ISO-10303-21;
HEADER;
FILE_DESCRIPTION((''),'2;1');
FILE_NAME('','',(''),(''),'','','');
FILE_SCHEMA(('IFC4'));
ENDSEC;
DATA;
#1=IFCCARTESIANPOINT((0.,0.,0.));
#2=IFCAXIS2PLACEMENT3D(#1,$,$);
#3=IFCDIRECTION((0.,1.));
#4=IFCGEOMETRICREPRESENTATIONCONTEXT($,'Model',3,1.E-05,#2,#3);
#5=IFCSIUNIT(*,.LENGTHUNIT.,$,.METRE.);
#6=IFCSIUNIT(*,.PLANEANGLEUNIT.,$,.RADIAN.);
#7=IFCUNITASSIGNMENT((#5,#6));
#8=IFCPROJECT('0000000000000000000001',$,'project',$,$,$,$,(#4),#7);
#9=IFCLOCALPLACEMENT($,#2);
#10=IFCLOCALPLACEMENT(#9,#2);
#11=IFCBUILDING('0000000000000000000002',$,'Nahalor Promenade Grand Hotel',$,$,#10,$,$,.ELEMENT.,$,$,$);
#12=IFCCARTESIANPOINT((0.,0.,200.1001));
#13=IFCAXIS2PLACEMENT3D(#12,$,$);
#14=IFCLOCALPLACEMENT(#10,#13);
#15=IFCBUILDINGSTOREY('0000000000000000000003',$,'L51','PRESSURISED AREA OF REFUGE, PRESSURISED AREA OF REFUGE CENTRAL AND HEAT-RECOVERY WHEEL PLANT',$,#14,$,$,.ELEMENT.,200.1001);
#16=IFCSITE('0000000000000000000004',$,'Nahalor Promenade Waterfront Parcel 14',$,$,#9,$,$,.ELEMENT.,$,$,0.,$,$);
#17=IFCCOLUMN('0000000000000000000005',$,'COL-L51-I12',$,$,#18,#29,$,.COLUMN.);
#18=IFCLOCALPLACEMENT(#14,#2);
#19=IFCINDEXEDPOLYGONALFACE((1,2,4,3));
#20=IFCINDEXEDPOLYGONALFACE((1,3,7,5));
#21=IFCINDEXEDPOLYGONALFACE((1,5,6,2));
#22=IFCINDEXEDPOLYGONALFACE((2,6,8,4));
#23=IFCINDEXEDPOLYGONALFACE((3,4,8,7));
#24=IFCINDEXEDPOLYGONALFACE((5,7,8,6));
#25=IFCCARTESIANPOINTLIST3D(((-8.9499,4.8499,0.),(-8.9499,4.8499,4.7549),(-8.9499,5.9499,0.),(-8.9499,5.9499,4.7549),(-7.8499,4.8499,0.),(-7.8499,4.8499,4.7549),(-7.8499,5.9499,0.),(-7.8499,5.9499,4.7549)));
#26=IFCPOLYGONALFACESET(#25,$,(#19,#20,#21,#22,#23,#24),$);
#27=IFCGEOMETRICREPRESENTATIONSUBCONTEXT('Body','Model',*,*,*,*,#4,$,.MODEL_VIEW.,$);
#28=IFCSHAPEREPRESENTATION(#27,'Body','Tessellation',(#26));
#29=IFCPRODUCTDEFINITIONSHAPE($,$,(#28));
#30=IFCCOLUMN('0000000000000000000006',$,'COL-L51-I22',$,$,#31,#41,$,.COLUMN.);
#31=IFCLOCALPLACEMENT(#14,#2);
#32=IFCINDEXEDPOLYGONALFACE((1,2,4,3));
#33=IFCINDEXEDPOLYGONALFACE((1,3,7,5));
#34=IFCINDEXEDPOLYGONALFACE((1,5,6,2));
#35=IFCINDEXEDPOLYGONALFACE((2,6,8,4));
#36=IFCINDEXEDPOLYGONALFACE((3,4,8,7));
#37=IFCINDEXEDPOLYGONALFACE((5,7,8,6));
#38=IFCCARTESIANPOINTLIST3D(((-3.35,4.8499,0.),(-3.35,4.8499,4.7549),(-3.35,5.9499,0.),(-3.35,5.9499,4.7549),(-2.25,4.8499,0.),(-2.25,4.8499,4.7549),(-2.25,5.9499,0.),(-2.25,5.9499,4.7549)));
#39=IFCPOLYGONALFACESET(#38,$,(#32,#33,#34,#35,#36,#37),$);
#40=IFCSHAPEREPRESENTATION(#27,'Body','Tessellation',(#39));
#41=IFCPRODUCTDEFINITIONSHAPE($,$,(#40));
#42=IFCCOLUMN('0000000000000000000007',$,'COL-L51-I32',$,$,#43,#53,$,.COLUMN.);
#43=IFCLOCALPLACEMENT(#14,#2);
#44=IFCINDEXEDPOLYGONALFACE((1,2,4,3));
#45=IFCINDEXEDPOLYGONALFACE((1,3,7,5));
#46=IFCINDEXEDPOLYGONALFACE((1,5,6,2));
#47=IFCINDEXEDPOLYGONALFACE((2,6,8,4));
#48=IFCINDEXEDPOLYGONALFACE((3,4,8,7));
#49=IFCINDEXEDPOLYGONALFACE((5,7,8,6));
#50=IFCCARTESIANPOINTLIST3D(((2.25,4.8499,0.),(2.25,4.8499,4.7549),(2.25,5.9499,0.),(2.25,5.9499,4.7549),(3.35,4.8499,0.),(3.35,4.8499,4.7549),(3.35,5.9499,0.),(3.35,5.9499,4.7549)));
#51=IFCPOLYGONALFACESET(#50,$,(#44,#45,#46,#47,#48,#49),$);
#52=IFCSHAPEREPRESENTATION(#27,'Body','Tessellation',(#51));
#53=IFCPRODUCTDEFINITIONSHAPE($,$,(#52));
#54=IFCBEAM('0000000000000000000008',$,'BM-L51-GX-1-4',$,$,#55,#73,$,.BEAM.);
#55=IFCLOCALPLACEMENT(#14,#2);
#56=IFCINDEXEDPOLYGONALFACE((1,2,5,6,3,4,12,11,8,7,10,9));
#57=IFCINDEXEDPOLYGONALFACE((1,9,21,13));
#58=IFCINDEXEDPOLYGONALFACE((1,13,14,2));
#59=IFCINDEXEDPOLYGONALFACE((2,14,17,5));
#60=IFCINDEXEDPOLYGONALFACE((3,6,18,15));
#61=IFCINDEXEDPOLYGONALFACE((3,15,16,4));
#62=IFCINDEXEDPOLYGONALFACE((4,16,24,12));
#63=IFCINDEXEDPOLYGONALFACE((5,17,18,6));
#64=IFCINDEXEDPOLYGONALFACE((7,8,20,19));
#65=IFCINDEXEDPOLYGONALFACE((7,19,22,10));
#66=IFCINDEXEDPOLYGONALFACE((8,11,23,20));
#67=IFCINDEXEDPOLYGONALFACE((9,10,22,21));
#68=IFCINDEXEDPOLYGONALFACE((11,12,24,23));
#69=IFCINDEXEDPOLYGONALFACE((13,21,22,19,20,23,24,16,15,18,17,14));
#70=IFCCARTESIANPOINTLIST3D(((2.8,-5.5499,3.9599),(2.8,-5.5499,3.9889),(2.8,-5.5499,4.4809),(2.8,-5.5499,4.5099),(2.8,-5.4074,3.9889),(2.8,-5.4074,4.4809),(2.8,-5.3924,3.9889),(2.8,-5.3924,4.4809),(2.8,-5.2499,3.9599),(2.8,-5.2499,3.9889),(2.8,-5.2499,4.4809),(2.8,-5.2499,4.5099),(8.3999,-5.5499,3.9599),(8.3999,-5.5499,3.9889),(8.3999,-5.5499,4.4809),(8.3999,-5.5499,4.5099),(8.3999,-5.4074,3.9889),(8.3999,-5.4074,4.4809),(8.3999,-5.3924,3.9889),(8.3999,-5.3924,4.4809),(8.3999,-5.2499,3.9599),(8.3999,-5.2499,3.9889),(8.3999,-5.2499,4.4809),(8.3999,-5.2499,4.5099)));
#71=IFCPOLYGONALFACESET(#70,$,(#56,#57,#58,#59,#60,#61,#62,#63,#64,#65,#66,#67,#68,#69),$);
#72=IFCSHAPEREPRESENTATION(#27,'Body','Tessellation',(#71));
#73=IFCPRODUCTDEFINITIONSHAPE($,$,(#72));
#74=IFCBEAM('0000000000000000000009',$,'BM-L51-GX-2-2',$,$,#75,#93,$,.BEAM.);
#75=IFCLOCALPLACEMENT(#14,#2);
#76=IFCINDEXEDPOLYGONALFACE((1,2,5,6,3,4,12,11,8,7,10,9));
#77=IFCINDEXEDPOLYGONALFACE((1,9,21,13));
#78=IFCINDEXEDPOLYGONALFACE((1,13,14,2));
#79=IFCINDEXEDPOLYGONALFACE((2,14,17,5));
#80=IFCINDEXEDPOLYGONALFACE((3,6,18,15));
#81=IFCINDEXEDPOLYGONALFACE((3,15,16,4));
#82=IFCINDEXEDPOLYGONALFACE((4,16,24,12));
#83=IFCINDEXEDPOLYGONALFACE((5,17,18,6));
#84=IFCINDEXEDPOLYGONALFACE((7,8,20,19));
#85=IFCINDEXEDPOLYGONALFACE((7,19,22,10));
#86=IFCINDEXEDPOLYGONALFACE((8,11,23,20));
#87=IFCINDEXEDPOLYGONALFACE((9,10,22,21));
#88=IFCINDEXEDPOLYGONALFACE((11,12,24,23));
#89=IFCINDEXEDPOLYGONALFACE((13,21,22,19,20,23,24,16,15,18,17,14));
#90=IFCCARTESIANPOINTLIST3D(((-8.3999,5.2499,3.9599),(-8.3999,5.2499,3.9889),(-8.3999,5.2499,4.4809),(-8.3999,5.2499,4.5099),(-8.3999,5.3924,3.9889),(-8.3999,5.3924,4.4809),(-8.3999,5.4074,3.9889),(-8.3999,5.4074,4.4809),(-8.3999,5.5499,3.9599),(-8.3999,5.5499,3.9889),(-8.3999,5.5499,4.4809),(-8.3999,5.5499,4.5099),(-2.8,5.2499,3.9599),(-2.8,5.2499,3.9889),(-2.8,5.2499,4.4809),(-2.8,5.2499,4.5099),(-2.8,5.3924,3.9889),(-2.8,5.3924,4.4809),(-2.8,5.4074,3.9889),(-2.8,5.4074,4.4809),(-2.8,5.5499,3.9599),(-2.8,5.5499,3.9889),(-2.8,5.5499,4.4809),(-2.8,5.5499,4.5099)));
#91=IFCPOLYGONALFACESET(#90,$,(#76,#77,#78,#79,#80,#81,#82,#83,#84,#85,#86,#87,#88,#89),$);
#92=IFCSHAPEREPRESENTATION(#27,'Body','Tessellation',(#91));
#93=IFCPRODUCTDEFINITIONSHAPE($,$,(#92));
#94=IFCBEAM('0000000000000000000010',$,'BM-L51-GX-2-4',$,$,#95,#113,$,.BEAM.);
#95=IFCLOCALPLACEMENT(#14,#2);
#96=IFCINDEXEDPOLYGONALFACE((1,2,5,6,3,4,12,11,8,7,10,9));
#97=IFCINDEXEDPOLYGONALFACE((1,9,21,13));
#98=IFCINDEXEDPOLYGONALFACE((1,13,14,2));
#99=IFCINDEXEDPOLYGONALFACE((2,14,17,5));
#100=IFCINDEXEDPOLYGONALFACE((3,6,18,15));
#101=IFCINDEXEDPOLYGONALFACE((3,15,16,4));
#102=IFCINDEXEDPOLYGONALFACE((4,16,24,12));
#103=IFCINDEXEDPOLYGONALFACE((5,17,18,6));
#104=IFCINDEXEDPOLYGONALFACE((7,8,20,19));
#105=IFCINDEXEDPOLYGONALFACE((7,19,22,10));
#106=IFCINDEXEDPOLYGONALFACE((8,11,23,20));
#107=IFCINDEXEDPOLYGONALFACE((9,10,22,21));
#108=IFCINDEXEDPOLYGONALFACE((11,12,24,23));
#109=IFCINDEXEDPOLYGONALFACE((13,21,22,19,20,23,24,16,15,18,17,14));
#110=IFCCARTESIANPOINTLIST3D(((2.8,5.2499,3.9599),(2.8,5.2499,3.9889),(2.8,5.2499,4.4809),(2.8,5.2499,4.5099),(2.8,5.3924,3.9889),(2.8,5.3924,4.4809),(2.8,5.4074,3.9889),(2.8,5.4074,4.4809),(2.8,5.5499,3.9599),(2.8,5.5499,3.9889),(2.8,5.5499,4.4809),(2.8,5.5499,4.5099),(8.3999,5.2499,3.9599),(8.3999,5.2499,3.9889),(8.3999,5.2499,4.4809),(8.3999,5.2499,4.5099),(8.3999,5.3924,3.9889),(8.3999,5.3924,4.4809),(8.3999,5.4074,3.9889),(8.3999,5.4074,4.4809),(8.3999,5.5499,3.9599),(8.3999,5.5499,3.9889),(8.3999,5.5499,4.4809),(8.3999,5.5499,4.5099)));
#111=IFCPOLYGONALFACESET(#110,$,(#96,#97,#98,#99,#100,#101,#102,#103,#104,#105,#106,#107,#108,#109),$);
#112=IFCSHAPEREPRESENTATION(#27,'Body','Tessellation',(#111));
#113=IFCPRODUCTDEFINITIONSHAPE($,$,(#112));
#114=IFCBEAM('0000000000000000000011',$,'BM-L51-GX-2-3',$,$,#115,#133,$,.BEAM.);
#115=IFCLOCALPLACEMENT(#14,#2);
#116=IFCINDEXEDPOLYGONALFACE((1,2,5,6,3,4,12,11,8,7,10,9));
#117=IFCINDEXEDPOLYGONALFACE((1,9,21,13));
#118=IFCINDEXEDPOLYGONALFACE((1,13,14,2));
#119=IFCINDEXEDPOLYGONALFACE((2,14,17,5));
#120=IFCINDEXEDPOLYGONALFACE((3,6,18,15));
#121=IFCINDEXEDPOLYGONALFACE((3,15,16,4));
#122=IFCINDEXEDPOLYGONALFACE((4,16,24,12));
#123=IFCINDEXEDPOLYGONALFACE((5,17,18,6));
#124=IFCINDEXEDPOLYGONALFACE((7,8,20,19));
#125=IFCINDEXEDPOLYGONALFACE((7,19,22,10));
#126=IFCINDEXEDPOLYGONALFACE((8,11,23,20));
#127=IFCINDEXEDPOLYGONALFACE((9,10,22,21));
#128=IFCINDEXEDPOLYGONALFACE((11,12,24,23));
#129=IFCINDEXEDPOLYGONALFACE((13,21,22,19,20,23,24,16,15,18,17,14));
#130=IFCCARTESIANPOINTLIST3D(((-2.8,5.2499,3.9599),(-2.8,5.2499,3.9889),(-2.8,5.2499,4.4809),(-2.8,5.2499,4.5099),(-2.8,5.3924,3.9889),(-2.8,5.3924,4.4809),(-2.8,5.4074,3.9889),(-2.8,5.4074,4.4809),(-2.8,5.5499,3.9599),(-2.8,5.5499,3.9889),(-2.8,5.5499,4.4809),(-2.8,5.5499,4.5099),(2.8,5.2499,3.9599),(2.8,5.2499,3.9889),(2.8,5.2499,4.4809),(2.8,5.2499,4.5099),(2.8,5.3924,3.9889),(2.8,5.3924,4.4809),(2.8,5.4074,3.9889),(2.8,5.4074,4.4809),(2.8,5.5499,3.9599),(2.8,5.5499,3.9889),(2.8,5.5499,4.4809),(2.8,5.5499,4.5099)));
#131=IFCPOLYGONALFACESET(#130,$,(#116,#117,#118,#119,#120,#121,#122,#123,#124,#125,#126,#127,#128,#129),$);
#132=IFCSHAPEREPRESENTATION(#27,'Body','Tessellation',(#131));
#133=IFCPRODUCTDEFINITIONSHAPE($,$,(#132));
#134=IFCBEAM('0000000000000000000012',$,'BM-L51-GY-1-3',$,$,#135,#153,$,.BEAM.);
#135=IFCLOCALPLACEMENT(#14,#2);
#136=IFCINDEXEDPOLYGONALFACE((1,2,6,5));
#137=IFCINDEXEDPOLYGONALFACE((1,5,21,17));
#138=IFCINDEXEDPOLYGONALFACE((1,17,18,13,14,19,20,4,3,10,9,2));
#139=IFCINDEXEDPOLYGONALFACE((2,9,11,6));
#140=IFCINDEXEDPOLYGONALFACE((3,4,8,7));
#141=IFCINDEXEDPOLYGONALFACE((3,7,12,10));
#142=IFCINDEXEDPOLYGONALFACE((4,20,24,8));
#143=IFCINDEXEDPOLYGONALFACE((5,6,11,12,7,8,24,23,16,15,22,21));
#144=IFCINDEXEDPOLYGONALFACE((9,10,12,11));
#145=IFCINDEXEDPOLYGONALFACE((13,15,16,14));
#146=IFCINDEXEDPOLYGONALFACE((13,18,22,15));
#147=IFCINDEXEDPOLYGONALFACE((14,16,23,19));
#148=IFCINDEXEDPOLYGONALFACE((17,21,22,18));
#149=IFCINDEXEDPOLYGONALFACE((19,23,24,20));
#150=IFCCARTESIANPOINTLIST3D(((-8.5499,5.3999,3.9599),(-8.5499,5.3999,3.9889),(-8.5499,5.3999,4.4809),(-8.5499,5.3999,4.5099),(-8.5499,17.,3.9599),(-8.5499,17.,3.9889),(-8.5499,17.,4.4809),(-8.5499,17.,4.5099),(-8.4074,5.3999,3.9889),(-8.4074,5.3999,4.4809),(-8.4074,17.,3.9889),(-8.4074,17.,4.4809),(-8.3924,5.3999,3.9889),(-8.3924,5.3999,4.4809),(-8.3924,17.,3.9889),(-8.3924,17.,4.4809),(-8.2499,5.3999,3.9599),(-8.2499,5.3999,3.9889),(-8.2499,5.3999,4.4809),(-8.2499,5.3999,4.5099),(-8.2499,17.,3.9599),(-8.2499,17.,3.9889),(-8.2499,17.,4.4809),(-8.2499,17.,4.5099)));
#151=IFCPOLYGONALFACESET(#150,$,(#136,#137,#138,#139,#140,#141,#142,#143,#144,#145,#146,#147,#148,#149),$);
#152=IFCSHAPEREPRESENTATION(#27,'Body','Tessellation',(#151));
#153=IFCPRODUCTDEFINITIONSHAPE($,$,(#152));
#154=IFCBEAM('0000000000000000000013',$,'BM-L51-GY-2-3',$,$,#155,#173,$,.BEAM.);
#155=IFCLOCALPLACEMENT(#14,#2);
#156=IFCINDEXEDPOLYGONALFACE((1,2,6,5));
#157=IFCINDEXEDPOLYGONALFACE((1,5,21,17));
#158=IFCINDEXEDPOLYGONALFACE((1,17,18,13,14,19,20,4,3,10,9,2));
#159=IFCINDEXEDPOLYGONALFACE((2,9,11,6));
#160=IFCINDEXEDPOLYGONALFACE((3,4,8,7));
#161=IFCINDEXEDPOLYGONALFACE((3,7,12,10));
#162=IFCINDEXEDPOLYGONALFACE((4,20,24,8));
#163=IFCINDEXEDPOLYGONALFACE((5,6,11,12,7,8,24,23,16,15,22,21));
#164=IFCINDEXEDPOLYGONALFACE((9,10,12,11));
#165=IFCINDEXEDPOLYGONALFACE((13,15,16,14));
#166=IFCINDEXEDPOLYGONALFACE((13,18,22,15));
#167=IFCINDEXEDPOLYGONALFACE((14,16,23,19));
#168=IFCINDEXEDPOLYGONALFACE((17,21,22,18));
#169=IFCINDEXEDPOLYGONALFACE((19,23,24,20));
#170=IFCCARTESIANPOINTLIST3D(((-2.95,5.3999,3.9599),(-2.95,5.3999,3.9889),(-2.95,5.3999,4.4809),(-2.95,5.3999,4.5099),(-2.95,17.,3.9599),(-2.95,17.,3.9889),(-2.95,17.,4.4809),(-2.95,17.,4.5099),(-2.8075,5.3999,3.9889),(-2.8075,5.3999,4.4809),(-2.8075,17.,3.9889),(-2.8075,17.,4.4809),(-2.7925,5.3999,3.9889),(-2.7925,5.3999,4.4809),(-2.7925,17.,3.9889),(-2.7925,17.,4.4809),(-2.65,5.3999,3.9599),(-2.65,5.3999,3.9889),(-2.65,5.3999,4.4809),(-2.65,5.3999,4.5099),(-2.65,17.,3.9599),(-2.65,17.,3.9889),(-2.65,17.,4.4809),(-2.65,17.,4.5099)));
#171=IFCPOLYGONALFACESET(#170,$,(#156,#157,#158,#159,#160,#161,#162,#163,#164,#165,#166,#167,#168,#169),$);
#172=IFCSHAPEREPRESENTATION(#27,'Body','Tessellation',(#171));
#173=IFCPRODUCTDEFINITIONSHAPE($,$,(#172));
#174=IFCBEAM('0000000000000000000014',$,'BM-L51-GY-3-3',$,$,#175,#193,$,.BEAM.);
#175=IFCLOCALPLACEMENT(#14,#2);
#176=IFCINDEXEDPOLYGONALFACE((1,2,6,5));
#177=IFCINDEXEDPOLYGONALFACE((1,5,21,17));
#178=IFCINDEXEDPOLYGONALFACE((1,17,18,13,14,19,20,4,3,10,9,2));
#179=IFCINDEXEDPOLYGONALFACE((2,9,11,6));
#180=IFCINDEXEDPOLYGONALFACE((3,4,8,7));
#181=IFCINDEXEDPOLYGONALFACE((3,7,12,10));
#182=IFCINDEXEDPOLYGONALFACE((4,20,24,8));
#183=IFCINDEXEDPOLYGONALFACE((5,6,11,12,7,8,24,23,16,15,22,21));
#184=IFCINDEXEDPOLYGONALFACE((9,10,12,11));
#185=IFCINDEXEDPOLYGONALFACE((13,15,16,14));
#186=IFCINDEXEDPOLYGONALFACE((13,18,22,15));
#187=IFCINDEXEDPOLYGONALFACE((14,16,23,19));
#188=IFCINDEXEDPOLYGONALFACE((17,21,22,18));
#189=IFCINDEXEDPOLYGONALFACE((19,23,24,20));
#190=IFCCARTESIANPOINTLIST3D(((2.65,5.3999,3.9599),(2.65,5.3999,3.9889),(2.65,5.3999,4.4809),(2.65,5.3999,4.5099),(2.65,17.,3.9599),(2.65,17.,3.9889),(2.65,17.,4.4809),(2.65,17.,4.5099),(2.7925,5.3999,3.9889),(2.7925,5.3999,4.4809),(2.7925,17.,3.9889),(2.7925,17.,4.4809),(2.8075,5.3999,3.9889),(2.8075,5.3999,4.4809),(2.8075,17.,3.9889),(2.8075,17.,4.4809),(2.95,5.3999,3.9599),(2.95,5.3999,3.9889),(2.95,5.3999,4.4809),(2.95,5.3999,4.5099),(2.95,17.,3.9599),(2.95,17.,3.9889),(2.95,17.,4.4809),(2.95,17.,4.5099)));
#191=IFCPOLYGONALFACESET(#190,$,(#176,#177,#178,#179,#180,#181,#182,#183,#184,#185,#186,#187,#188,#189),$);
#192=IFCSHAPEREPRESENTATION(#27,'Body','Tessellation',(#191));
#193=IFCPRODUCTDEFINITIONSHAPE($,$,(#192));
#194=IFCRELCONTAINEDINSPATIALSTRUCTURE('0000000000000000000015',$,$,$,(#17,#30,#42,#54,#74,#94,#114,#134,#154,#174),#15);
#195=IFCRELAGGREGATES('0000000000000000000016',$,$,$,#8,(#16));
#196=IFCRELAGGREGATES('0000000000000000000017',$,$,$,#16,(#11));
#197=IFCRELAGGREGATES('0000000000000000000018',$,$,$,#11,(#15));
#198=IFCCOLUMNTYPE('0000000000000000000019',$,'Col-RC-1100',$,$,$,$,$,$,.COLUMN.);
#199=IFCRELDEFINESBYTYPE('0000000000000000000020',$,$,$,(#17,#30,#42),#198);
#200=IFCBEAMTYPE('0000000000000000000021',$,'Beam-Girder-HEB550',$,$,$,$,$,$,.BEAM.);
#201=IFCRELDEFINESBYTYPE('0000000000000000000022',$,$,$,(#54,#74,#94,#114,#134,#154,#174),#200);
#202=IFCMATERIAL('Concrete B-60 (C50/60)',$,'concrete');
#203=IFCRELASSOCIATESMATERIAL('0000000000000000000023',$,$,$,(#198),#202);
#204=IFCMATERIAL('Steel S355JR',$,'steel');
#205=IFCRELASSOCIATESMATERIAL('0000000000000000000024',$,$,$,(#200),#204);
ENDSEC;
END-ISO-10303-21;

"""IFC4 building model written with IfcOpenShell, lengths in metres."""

from ifc_helpers import new_model, si_unit, direction, frame, origin, origin_2d, place, context, subcontext, project, spatial, rectangle, i_section, extrude, source, transform, mapped, material, material_profile, profile_set, type_object, element, save


model = new_model("IFC4")

# Units and contexts
model_context = context("Model", 3, precision=1e-05, world=origin(), true_north=direction((0.0, 1.0)))
body_context = subcontext(model_context, "Body", "Model", "MODEL_VIEW")
ifc_project = project(units=[si_unit("LENGTHUNIT", "METRE"), si_unit("PLANEANGLEUNIT", "RADIAN")], contexts=[model_context])

# Site, building, storey
site_placement = place(None, origin())
site = spatial("IfcSite", under=ifc_project, at=site_placement, Name="Nahalor Promenade Waterfront Parcel 14", CompositionType="ELEMENT", RefElevation=0.0)
building_placement = place(site_placement, origin())
building = spatial("IfcBuilding", under=site, at=building_placement, Name="Nahalor Promenade Grand Hotel", CompositionType="ELEMENT")
storey_placement = place(building_placement, frame((0.0, 0.0, 200.1001)))
storey = spatial("IfcBuildingStorey", under=building, at=storey_placement, Name="L51", Description="PRESSURISED AREA OF REFUGE, PRESSURISED AREA OF REFUGE CENTRAL AND HEAT-RECOVERY WHEEL PLANT", CompositionType="ELEMENT", Elevation=200.1001)

# Columns
ifc_material_1 = material(Name="Concrete B-60 (C50/60)", Category="concrete")
ifc_material_profile_1 = material_profile(ifc_material_1, rectangle(XDim=1.1, YDim=1.1, at=origin_2d()), Name="RC 1100x1100")
ifc_profile_set_1 = profile_set([ifc_material_profile_1], Name="Concrete B-60 (C50/60)")
column_type = type_object("IfcColumnType", Name="Col-RC-1100", PredefinedType="COLUMN", material=ifc_profile_set_1)
shared_shape_1 = source(origin(), body_context, "Body", "SweptSolid", [
    extrude(rectangle(XDim=1.1, YDim=1.1, at=origin_2d()), origin(), (0.0, 0.0, 1.0), 4.7549),
])
for number, where, z_axis, x_axis, name in (
    (1, (-8.3999, 5.3999, 0.0), (0.0, 0.0, 1.0), (1.0, 0.0, 0.0), "COL-L51-I12"),
    (2, (-2.8, 5.3999, 0.0), (0.0, 0.0, 1.0), (1.0, 0.0, 0.0), "COL-L51-I22"),
    (3, (2.8, 5.3999, 0.0), (0.0, 0.0, 1.0), (1.0, 0.0, 0.0), "COL-L51-I32"),
):
    element("IfcColumn", number, at=place(storey_placement, frame(where, z_axis=z_axis, x_axis=x_axis)), inside=storey, type_object=column_type, Name=name, PredefinedType="COLUMN", context=body_context, shape_type="MappedRepresentation", body=[
        mapped(shared_shape_1, transform((0.0, 0.0, 0.0), scale=1.0)),
    ])

# Beams
ifc_material_2 = material(Name="Steel S355JR", Category="steel")
ifc_material_profile_2 = material_profile(ifc_material_2, i_section(OverallWidth=0.3, OverallDepth=0.55, WebThickness=0.015, FlangeThickness=0.029, at=origin_2d()), Name="HEB 550")
ifc_profile_set_2 = profile_set([ifc_material_profile_2], Name="Steel S355JR")
beam_type = type_object("IfcBeamType", Name="Beam-Girder-HEB550", PredefinedType="BEAM", material=ifc_profile_set_2)
shared_shape_2 = source(origin(), body_context, "Body", "SweptSolid", [
    extrude(i_section(OverallWidth=0.3, OverallDepth=0.55, WebThickness=0.015, FlangeThickness=0.029, at=origin_2d()), origin(), (0.0, 0.0, 1.0), 5.5999),
])
for number, where, z_axis, x_axis, name in (
    (4, (2.8, -5.3999, 4.2349), (1.0, 0.0, 0.0), (0.0, 1.0, 0.0), "BM-L51-GX-1-4"),
    (5, (-8.3999, 5.3999, 4.2349), (1.0, 0.0, 0.0), (0.0, 1.0, 0.0), "BM-L51-GX-2-2"),
    (6, (2.8, 5.3999, 4.2349), (1.0, 0.0, 0.0), (0.0, 1.0, 0.0), "BM-L51-GX-2-4"),
):
    element("IfcBeam", number, at=place(storey_placement, frame(where, z_axis=z_axis, x_axis=x_axis)), inside=storey, type_object=beam_type, Name=name, PredefinedType="BEAM", context=body_context, shape_type="MappedRepresentation", body=[
        mapped(shared_shape_2, transform((0.0, 0.0, 0.0), scale=1.0)),
    ])
shared_shape_3 = source(origin(), body_context, "Body", "SweptSolid", [
    extrude(i_section(OverallWidth=0.3, OverallDepth=0.55, WebThickness=0.015, FlangeThickness=0.029, at=origin_2d()), origin(), (0.0, 0.0, 1.0), 5.6001),
])
beam_1_placement = place(storey_placement, frame((-2.8, 5.3999, 4.2349), z_axis=(1.0, 0.0, 0.0), x_axis=(0.0, 1.0, 0.0)))
element("IfcBeam", 7, at=beam_1_placement, inside=storey, type_object=beam_type, Name="BM-L51-GX-2-3", PredefinedType="BEAM", context=body_context, shape_type="MappedRepresentation", body=[
    mapped(shared_shape_3, transform((0.0, 0.0, 0.0), scale=1.0)),
])
shared_shape_4 = source(origin(), body_context, "Body", "SweptSolid", [
    extrude(i_section(OverallWidth=0.3, OverallDepth=0.55, WebThickness=0.015, FlangeThickness=0.029, at=origin_2d()), origin(), (0.0, 0.0, 1.0), 11.6001),
])
for number, where, z_axis, x_axis, name in (
    (8, (-8.3999, 5.3999, 4.2349), (0.0, 1.0, 0.0), (-1.0, 0.0, 0.0), "BM-L51-GY-1-3"),
    (9, (-2.8, 5.3999, 4.2349), (0.0, 1.0, 0.0), (-1.0, 0.0, 0.0), "BM-L51-GY-2-3"),
    (10, (2.8, 5.3999, 4.2349), (0.0, 1.0, 0.0), (-1.0, 0.0, 0.0), "BM-L51-GY-3-3"),
):
    element("IfcBeam", number, at=place(storey_placement, frame(where, z_axis=z_axis, x_axis=x_axis)), inside=storey, type_object=beam_type, Name=name, PredefinedType="BEAM", context=body_context, shape_type="MappedRepresentation", body=[
        mapped(shared_shape_4, transform((0.0, 0.0, 0.0), scale=1.0)),
    ])

save(model, "model.ifc")
